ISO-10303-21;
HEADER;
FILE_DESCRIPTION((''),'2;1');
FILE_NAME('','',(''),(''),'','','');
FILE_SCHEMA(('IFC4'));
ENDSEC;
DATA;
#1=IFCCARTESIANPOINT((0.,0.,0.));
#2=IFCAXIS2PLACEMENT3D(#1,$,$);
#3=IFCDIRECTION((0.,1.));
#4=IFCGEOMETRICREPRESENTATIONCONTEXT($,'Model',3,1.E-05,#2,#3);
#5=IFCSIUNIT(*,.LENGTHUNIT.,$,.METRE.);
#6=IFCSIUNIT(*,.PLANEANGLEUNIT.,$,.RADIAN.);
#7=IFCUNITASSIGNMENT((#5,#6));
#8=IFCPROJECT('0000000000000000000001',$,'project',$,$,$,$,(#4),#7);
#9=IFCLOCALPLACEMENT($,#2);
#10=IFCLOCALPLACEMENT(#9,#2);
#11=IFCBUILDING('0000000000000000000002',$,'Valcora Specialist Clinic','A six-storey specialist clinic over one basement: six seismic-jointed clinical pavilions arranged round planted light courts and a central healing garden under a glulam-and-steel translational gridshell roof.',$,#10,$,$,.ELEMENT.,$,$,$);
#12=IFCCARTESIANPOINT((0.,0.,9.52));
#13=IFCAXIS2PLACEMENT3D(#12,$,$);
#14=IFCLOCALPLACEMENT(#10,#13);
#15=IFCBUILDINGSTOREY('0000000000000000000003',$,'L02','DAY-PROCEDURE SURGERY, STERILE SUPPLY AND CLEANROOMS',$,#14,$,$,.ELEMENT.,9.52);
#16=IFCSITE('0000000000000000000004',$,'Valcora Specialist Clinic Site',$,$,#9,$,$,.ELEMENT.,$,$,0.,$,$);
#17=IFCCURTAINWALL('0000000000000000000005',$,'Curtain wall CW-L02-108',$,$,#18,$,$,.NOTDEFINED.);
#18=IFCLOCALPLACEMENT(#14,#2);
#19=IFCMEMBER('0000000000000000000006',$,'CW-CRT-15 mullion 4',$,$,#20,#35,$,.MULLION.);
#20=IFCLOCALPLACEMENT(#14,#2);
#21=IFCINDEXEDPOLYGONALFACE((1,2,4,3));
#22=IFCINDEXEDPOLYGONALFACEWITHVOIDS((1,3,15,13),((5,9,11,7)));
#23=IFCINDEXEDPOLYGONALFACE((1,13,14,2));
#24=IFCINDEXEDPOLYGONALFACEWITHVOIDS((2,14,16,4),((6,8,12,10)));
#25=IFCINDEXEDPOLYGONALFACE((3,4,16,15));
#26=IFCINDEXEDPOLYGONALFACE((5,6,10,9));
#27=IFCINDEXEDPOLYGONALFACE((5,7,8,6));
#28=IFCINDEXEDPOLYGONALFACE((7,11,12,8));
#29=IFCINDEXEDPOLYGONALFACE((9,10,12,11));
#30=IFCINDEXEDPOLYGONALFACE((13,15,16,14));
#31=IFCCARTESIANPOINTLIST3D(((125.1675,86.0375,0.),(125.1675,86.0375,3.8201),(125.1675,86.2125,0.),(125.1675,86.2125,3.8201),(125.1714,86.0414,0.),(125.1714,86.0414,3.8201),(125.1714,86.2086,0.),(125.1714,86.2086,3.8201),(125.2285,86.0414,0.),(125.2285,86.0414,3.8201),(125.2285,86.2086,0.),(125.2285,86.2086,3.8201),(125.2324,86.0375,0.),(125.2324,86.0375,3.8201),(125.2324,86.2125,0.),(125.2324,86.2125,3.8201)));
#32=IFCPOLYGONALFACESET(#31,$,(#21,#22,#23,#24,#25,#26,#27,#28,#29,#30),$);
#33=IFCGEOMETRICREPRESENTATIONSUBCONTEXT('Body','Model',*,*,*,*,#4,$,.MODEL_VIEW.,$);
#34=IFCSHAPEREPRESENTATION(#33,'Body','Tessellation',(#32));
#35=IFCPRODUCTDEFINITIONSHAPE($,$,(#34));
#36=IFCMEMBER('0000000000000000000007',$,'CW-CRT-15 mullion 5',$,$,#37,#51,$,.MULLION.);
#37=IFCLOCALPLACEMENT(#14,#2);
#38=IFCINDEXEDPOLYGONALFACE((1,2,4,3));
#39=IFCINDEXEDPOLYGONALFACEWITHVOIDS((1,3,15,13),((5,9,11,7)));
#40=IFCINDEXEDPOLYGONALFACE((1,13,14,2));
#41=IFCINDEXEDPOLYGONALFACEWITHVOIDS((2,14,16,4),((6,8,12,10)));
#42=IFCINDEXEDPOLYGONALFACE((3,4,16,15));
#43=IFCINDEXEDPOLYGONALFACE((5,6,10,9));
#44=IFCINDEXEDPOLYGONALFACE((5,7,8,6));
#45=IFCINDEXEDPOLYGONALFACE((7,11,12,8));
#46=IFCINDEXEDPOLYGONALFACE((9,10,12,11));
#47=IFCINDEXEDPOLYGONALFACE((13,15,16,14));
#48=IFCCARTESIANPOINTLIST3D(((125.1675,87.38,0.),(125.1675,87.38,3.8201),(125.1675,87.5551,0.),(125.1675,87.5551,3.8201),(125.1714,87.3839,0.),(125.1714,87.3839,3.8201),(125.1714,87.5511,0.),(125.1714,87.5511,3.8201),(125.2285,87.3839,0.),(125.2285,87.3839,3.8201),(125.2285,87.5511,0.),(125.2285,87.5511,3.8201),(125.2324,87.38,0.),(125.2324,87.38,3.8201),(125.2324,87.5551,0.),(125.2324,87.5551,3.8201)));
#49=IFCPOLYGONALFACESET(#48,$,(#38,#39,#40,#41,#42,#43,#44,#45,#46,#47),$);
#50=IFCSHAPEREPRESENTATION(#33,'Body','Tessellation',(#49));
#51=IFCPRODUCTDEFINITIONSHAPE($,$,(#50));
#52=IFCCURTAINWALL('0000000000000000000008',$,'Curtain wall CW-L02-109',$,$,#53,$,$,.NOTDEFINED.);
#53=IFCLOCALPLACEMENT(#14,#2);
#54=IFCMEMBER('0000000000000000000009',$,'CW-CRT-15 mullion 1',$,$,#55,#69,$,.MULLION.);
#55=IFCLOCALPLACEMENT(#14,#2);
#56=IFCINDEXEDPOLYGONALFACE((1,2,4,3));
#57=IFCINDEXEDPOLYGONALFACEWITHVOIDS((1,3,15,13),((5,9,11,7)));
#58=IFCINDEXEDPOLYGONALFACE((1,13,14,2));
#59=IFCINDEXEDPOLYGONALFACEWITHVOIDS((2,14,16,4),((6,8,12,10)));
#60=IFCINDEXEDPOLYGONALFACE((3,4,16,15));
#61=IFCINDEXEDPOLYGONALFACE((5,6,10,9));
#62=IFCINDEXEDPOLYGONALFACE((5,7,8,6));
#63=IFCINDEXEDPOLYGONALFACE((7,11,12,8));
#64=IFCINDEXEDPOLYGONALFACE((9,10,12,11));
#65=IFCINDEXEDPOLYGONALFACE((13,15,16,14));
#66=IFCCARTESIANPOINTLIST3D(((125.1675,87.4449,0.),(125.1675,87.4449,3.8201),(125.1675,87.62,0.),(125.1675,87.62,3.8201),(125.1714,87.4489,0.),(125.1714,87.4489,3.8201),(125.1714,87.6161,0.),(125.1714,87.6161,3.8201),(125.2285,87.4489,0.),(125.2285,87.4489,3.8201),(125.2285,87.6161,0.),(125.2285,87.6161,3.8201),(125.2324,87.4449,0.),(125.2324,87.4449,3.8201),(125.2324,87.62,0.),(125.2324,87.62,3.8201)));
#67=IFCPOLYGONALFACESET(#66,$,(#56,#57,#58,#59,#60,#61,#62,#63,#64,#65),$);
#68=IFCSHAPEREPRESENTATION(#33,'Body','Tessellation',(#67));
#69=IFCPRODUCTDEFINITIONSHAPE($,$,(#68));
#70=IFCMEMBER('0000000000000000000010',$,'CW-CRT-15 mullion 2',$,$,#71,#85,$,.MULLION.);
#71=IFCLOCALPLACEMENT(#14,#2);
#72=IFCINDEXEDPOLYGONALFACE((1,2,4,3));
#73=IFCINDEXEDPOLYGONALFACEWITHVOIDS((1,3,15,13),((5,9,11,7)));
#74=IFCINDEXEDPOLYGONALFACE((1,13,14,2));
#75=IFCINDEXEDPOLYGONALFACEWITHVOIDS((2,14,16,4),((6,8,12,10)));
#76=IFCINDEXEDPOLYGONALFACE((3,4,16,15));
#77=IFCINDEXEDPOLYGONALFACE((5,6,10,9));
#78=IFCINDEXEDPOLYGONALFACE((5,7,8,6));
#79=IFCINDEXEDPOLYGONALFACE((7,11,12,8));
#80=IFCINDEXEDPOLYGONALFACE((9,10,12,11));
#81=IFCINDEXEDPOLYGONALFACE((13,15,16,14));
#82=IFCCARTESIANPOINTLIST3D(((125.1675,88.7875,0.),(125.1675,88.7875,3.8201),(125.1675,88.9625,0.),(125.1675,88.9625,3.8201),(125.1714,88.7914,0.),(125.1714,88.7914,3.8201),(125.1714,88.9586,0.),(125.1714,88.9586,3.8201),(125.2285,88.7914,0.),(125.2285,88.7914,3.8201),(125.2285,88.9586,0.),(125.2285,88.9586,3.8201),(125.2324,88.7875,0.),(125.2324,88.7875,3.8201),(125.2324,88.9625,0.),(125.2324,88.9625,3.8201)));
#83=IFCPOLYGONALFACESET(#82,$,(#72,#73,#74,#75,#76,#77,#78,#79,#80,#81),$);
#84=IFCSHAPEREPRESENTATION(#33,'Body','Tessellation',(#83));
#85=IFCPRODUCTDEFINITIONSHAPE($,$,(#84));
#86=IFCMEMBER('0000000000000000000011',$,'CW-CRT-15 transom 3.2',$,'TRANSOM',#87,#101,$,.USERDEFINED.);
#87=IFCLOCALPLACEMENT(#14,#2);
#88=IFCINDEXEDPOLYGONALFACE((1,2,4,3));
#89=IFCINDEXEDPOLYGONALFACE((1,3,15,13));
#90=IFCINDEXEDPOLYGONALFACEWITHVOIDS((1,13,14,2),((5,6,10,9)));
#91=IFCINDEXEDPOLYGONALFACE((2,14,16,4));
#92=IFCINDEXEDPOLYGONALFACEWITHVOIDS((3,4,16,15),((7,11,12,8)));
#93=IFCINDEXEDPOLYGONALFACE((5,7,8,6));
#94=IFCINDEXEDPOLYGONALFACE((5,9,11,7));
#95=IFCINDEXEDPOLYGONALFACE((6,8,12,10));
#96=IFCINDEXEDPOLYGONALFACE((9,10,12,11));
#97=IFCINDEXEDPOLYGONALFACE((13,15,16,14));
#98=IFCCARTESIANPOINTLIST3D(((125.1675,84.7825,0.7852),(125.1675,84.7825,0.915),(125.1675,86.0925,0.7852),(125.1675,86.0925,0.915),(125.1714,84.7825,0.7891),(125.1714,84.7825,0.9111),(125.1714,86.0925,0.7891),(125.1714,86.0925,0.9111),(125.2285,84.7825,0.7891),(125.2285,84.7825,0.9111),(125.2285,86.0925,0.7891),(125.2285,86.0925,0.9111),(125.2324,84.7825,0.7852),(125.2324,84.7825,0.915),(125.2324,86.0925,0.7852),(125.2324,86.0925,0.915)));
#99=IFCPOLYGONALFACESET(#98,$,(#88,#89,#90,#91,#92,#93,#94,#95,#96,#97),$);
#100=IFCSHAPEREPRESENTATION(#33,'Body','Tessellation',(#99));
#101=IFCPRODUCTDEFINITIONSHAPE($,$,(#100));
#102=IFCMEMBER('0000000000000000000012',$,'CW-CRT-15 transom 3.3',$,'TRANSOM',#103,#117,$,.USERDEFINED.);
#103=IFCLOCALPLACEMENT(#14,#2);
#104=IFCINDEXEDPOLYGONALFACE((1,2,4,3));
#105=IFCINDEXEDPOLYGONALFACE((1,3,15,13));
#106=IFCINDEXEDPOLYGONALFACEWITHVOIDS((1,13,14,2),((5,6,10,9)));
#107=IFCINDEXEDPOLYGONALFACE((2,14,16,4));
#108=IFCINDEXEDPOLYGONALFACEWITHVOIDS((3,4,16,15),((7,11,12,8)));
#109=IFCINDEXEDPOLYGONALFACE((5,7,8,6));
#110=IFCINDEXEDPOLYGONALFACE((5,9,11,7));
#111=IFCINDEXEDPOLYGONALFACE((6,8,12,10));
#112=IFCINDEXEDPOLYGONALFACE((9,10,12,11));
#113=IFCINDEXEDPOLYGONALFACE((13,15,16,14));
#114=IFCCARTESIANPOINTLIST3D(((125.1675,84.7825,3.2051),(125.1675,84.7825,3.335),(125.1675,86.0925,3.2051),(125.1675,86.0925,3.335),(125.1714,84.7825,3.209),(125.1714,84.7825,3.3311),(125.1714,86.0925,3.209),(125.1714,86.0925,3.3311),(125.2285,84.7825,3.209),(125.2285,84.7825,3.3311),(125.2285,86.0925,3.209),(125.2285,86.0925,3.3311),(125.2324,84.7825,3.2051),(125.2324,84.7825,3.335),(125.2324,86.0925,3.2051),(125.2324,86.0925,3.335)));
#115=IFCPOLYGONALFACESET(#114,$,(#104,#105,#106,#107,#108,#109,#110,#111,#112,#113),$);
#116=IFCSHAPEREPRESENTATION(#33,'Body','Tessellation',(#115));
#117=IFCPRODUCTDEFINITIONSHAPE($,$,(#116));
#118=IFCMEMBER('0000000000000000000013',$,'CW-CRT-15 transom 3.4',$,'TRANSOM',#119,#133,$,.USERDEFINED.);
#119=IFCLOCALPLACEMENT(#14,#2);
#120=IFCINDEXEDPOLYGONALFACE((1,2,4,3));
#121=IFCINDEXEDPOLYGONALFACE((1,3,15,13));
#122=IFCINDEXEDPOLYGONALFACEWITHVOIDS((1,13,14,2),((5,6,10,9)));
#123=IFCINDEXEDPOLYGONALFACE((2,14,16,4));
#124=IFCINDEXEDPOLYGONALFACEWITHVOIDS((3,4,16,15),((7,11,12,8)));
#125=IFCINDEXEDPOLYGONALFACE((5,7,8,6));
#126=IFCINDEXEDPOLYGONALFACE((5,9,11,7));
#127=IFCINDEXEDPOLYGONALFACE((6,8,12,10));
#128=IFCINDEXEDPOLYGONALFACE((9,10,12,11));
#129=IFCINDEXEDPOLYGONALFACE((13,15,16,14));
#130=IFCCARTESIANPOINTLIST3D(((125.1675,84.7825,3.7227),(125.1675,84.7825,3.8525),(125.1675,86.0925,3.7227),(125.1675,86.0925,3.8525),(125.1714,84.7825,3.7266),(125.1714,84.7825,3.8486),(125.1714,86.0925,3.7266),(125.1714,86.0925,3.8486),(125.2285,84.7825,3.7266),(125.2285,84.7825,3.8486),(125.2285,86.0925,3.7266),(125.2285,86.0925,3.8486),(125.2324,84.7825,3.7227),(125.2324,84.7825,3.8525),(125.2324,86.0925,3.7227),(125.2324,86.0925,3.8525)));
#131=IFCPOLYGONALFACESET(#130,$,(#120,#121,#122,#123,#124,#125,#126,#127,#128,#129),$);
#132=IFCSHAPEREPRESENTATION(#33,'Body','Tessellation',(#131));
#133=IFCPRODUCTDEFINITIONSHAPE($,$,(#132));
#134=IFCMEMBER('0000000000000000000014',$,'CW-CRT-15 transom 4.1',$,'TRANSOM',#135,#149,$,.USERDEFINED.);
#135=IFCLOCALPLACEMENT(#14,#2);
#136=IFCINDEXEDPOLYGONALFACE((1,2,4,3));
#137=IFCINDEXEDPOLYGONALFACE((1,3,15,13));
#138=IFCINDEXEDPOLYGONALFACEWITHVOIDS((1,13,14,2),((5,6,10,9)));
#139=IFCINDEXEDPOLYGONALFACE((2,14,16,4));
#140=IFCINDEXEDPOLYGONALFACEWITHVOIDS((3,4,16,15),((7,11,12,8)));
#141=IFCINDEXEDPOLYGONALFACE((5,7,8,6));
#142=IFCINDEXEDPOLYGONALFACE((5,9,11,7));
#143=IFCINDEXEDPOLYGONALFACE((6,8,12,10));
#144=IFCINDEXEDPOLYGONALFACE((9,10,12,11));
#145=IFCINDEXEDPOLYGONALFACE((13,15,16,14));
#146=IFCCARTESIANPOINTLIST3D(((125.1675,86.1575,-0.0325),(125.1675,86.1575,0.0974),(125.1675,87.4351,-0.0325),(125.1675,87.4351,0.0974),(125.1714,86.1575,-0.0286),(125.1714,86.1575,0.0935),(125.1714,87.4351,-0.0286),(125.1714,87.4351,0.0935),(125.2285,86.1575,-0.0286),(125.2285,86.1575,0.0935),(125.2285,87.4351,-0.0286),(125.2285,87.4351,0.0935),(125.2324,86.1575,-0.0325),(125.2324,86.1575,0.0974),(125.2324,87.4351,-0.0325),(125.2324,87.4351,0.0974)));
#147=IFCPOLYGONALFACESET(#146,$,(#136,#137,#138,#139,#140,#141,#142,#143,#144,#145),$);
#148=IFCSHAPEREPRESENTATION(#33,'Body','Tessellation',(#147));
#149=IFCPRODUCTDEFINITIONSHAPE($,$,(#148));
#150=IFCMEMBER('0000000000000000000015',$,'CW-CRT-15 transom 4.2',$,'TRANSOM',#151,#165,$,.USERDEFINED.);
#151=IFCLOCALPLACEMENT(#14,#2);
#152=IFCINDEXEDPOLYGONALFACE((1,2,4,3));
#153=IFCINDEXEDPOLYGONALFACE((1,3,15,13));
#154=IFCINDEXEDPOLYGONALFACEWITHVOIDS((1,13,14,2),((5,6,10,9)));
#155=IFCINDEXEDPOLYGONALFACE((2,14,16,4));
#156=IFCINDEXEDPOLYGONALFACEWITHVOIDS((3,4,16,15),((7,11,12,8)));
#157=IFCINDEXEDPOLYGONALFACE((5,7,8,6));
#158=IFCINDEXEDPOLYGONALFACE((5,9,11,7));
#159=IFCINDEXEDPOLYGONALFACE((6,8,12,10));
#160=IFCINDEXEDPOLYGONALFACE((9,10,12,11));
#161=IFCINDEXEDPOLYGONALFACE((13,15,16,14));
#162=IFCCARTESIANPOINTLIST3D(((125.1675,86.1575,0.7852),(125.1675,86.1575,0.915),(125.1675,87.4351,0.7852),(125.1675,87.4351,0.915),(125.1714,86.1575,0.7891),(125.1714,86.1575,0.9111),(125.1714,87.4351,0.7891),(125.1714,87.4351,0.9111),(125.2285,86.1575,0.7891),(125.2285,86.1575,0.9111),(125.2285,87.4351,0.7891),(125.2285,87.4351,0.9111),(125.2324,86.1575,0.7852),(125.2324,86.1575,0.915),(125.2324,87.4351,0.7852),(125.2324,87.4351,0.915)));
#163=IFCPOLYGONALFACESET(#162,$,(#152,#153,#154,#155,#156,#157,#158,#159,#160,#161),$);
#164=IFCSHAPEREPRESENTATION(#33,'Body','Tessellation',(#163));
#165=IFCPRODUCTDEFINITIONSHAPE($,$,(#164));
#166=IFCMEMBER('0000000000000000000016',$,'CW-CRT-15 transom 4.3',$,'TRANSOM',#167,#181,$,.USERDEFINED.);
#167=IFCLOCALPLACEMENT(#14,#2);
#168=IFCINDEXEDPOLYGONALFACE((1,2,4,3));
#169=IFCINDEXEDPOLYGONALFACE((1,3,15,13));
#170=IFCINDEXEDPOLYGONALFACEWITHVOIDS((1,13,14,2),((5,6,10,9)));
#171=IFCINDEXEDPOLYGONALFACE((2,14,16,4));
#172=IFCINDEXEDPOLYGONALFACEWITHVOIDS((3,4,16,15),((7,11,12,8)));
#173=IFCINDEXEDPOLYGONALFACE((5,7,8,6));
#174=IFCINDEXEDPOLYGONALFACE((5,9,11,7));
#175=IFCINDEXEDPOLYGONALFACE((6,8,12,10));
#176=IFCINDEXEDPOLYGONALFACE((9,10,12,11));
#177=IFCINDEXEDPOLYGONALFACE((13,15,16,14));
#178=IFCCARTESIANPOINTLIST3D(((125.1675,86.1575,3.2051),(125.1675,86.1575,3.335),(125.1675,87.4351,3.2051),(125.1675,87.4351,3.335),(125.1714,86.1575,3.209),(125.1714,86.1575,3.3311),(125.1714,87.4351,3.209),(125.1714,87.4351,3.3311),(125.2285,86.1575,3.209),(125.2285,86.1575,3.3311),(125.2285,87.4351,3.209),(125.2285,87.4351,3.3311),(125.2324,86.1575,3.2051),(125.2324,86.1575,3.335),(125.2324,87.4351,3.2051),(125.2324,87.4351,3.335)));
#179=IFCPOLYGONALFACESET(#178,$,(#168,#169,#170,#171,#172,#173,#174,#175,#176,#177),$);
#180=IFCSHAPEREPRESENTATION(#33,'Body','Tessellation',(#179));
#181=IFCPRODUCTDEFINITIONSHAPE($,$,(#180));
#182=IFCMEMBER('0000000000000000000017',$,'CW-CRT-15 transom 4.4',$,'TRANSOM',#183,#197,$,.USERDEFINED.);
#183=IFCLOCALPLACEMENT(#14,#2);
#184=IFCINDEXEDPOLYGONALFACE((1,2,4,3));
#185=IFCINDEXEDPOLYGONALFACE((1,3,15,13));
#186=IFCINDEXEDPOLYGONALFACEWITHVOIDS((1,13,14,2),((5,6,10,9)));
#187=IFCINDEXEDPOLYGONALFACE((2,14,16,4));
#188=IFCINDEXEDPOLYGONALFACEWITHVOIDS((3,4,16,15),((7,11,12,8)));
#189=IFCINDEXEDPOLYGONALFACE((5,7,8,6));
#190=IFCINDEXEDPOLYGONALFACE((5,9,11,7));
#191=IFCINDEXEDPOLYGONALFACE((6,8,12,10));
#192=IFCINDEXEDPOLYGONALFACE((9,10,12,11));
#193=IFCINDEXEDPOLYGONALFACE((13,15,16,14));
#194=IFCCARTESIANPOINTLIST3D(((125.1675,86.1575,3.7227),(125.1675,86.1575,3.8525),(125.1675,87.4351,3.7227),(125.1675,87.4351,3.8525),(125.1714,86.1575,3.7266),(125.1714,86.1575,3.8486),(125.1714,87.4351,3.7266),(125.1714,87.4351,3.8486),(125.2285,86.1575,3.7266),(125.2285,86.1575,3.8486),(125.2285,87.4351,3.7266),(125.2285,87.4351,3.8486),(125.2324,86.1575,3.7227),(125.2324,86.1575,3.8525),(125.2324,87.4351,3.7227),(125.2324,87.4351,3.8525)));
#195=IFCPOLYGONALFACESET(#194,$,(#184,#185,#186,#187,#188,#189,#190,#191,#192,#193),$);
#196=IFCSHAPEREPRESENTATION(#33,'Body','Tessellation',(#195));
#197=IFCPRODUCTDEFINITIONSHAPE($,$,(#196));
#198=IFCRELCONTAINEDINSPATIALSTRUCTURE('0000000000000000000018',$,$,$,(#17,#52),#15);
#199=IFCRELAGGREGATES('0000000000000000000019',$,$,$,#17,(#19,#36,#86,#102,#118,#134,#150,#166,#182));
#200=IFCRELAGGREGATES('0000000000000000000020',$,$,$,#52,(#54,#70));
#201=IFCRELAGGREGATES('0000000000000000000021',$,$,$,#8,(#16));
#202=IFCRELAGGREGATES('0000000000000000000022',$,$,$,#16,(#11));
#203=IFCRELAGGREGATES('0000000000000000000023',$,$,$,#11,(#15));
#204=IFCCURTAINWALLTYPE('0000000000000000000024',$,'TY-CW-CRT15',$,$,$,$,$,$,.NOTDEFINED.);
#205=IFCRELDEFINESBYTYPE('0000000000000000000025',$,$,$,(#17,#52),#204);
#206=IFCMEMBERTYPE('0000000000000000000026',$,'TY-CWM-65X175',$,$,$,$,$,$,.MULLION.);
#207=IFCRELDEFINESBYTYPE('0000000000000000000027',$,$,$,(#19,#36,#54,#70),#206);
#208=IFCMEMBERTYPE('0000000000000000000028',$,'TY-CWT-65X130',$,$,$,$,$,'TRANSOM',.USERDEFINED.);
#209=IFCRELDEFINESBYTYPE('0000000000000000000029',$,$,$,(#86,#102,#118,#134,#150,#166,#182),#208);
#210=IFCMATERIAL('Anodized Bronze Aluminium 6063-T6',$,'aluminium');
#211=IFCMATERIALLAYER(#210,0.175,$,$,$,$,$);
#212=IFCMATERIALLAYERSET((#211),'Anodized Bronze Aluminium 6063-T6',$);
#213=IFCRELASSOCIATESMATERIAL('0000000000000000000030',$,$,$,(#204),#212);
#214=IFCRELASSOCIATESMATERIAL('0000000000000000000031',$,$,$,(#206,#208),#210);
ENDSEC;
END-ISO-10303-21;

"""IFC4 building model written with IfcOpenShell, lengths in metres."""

from ifc_helpers import new_model, si_unit, direction, frame, origin, origin_2d, place, context, subcontext, project, spatial, hollow_rectangle, extrude, material, layer, layer_set, material_profile, profile_set, type_object, element, aggregate, save


model = new_model("IFC4")

# Units and contexts
model_context = context("Model", 3, precision=1e-05, world=origin(), true_north=direction((0.0, 1.0)))
body_context = subcontext(model_context, "Body", "Model", "MODEL_VIEW")
ifc_project = project(units=[si_unit("LENGTHUNIT", "METRE"), si_unit("PLANEANGLEUNIT", "RADIAN")], contexts=[model_context])

# Site, building, storey
site_placement = place(None, origin())
site = spatial("IfcSite", under=ifc_project, at=site_placement, Name="Valcora Specialist Clinic Site", CompositionType="ELEMENT", RefElevation=0.0)
building_placement = place(site_placement, origin())
building = spatial("IfcBuilding", under=site, at=building_placement, Name="Valcora Specialist Clinic", Description="A six-storey specialist clinic over one basement: six seismic-jointed clinical pavilions arranged round planted light courts and a central healing garden under a glulam-and-steel translational gridshell roof.", CompositionType="ELEMENT")
storey_placement = place(building_placement, frame((0.0, 0.0, 9.52)))
storey = spatial("IfcBuildingStorey", under=building, at=storey_placement, Name="L02", Description="DAY-PROCEDURE SURGERY, STERILE SUPPLY AND CLEANROOMS", CompositionType="ELEMENT", Elevation=9.52)

# Curtain walls, members
ifc_material_1 = material(Name="Anodized Bronze Aluminium 6063-T6", Category="aluminium")
ifc_layer_1 = layer(ifc_material_1, 0.175)
ifc_layer_set_1 = layer_set([ifc_layer_1], Name="Anodized Bronze Aluminium 6063-T6")
curtain_wall_type = type_object("IfcCurtainWallType", Name="TY-CW-CRT15", PredefinedType="NOTDEFINED", material=ifc_layer_set_1)
curtain_wall_1_placement = place(storey_placement, origin())
curtain_wall_1 = element("IfcCurtainWall", 1, at=curtain_wall_1_placement, inside=storey, type_object=curtain_wall_type, Name="Curtain wall CW-L02-108", PredefinedType="NOTDEFINED")
ifc_material_profile_1 = material_profile(ifc_material_1, hollow_rectangle(XDim=0.0649, YDim=0.175, WallThickness=0.0039, at=origin_2d()), Name="AL-MUL-65X175")
ifc_profile_set_1 = profile_set([ifc_material_profile_1], Name="Anodized Bronze Aluminium 6063-T6")
member_type_1 = type_object("IfcMemberType", Name="TY-CWM-65X175", PredefinedType="MULLION", material=ifc_profile_set_1)
member_1_placement = place(storey_placement, frame((125.2, 86.125, 0.0), z_axis=(0.0, 0.0, 1.0), x_axis=(-1.0, 0.0, 0.0)))
member_1 = element("IfcMember", 2, at=member_1_placement, type_object=member_type_1, Name="CW-CRT-15 mullion 4", PredefinedType="MULLION", context=body_context, shape_type="SweptSolid", body=[
    extrude(hollow_rectangle(XDim=0.0649, YDim=0.175, WallThickness=0.0039, at=origin_2d()), origin(), (0.0, 0.0, 1.0), 3.8201),
])
member_2_placement = place(storey_placement, frame((125.2, 87.4675, 0.0), z_axis=(0.0, 0.0, 1.0), x_axis=(-1.0, 0.0, 0.0)))
member_2 = element("IfcMember", 3, at=member_2_placement, type_object=member_type_1, Name="CW-CRT-15 mullion 5", PredefinedType="MULLION", context=body_context, shape_type="SweptSolid", body=[
    extrude(hollow_rectangle(XDim=0.0649, YDim=0.175, WallThickness=0.0039, at=origin_2d()), origin(), (0.0, 0.0, 1.0), 3.8201),
])
curtain_wall_2_placement = place(storey_placement, origin())
curtain_wall_2 = element("IfcCurtainWall", 4, at=curtain_wall_2_placement, inside=storey, type_object=curtain_wall_type, Name="Curtain wall CW-L02-109", PredefinedType="NOTDEFINED")
member_3_placement = place(storey_placement, frame((125.2, 87.5325, 0.0), z_axis=(0.0, 0.0, 1.0), x_axis=(-1.0, 0.0, 0.0)))
member_3 = element("IfcMember", 5, at=member_3_placement, type_object=member_type_1, Name="CW-CRT-15 mullion 1", PredefinedType="MULLION", context=body_context, shape_type="SweptSolid", body=[
    extrude(hollow_rectangle(XDim=0.0649, YDim=0.175, WallThickness=0.0039, at=origin_2d()), origin(), (0.0, 0.0, 1.0), 3.8201),
])
member_4_placement = place(storey_placement, frame((125.2, 88.875, 0.0), z_axis=(0.0, 0.0, 1.0), x_axis=(-1.0, 0.0, 0.0)))
member_4 = element("IfcMember", 6, at=member_4_placement, type_object=member_type_1, Name="CW-CRT-15 mullion 2", PredefinedType="MULLION", context=body_context, shape_type="SweptSolid", body=[
    extrude(hollow_rectangle(XDim=0.0649, YDim=0.175, WallThickness=0.0039, at=origin_2d()), origin(), (0.0, 0.0, 1.0), 3.8201),
])

# Members
ifc_material_profile_2 = material_profile(ifc_material_1, hollow_rectangle(XDim=0.0649, YDim=0.1299, WallThickness=0.0039, at=origin_2d()), Name="AL-TRN-65X130")
ifc_profile_set_2 = profile_set([ifc_material_profile_2], Name="Anodized Bronze Aluminium 6063-T6")
member_type_2 = type_object("IfcMemberType", Name="TY-CWT-65X130", ElementType="TRANSOM", PredefinedType="USERDEFINED", material=ifc_profile_set_2)
member_5_placement = place(storey_placement, frame((125.2, 84.7825, 0.8501), z_axis=(0.0, 1.0, 0.0), x_axis=(-1.0, 0.0, 0.0)))
member_5 = element("IfcMember", 7, at=member_5_placement, type_object=member_type_2, Name="CW-CRT-15 transom 3.2", ObjectType="TRANSOM", PredefinedType="USERDEFINED", context=body_context, shape_type="SweptSolid", body=[
    extrude(hollow_rectangle(XDim=0.0649, YDim=0.1299, WallThickness=0.0039, at=origin_2d()), origin(), (0.0, 0.0, 1.0), 1.3101),
])
member_6_placement = place(storey_placement, frame((125.2, 84.7825, 3.27), z_axis=(0.0, 1.0, 0.0), x_axis=(-1.0, 0.0, 0.0)))
member_6 = element("IfcMember", 8, at=member_6_placement, type_object=member_type_2, Name="CW-CRT-15 transom 3.3", ObjectType="TRANSOM", PredefinedType="USERDEFINED", context=body_context, shape_type="SweptSolid", body=[
    extrude(hollow_rectangle(XDim=0.0649, YDim=0.1299, WallThickness=0.0039, at=origin_2d()), origin(), (0.0, 0.0, 1.0), 1.3101),
])
member_7_placement = place(storey_placement, frame((125.2, 84.7825, 3.7876), z_axis=(0.0, 1.0, 0.0), x_axis=(-1.0, 0.0, 0.0)))
member_7 = element("IfcMember", 9, at=member_7_placement, type_object=member_type_2, Name="CW-CRT-15 transom 3.4", ObjectType="TRANSOM", PredefinedType="USERDEFINED", context=body_context, shape_type="SweptSolid", body=[
    extrude(hollow_rectangle(XDim=0.0649, YDim=0.1299, WallThickness=0.0039, at=origin_2d()), origin(), (0.0, 0.0, 1.0), 1.3101),
])
member_8_placement = place(storey_placement, frame((125.2, 86.1575, 0.0325), z_axis=(0.0, 1.0, 0.0), x_axis=(-1.0, 0.0, 0.0)))
member_8 = element("IfcMember", 10, at=member_8_placement, type_object=member_type_2, Name="CW-CRT-15 transom 4.1", ObjectType="TRANSOM", PredefinedType="USERDEFINED", context=body_context, shape_type="SweptSolid", body=[
    extrude(hollow_rectangle(XDim=0.0649, YDim=0.1299, WallThickness=0.0039, at=origin_2d()), origin(), (0.0, 0.0, 1.0), 1.2776),
])
member_9_placement = place(storey_placement, frame((125.2, 86.1575, 0.8501), z_axis=(0.0, 1.0, 0.0), x_axis=(-1.0, 0.0, 0.0)))
member_9 = element("IfcMember", 11, at=member_9_placement, type_object=member_type_2, Name="CW-CRT-15 transom 4.2", ObjectType="TRANSOM", PredefinedType="USERDEFINED", context=body_context, shape_type="SweptSolid", body=[
    extrude(hollow_rectangle(XDim=0.0649, YDim=0.1299, WallThickness=0.0039, at=origin_2d()), origin(), (0.0, 0.0, 1.0), 1.2776),
])
member_10_placement = place(storey_placement, frame((125.2, 86.1575, 3.27), z_axis=(0.0, 1.0, 0.0), x_axis=(-1.0, 0.0, 0.0)))
member_10 = element("IfcMember", 12, at=member_10_placement, type_object=member_type_2, Name="CW-CRT-15 transom 4.3", ObjectType="TRANSOM", PredefinedType="USERDEFINED", context=body_context, shape_type="SweptSolid", body=[
    extrude(hollow_rectangle(XDim=0.0649, YDim=0.1299, WallThickness=0.0039, at=origin_2d()), origin(), (0.0, 0.0, 1.0), 1.2776),
])
member_11_placement = place(storey_placement, frame((125.2, 86.1575, 3.7876), z_axis=(0.0, 1.0, 0.0), x_axis=(-1.0, 0.0, 0.0)))
member_11 = element("IfcMember", 13, at=member_11_placement, type_object=member_type_2, Name="CW-CRT-15 transom 4.4", ObjectType="TRANSOM", PredefinedType="USERDEFINED", context=body_context, shape_type="SweptSolid", body=[
    extrude(hollow_rectangle(XDim=0.0649, YDim=0.1299, WallThickness=0.0039, at=origin_2d()), origin(), (0.0, 0.0, 1.0), 1.2776),
])

aggregate(curtain_wall_1, [member_1, member_2, member_5, member_6, member_7, member_8, member_9, member_10, member_11])
aggregate(curtain_wall_2, [member_3, member_4])

save(model, "model.ifc")
